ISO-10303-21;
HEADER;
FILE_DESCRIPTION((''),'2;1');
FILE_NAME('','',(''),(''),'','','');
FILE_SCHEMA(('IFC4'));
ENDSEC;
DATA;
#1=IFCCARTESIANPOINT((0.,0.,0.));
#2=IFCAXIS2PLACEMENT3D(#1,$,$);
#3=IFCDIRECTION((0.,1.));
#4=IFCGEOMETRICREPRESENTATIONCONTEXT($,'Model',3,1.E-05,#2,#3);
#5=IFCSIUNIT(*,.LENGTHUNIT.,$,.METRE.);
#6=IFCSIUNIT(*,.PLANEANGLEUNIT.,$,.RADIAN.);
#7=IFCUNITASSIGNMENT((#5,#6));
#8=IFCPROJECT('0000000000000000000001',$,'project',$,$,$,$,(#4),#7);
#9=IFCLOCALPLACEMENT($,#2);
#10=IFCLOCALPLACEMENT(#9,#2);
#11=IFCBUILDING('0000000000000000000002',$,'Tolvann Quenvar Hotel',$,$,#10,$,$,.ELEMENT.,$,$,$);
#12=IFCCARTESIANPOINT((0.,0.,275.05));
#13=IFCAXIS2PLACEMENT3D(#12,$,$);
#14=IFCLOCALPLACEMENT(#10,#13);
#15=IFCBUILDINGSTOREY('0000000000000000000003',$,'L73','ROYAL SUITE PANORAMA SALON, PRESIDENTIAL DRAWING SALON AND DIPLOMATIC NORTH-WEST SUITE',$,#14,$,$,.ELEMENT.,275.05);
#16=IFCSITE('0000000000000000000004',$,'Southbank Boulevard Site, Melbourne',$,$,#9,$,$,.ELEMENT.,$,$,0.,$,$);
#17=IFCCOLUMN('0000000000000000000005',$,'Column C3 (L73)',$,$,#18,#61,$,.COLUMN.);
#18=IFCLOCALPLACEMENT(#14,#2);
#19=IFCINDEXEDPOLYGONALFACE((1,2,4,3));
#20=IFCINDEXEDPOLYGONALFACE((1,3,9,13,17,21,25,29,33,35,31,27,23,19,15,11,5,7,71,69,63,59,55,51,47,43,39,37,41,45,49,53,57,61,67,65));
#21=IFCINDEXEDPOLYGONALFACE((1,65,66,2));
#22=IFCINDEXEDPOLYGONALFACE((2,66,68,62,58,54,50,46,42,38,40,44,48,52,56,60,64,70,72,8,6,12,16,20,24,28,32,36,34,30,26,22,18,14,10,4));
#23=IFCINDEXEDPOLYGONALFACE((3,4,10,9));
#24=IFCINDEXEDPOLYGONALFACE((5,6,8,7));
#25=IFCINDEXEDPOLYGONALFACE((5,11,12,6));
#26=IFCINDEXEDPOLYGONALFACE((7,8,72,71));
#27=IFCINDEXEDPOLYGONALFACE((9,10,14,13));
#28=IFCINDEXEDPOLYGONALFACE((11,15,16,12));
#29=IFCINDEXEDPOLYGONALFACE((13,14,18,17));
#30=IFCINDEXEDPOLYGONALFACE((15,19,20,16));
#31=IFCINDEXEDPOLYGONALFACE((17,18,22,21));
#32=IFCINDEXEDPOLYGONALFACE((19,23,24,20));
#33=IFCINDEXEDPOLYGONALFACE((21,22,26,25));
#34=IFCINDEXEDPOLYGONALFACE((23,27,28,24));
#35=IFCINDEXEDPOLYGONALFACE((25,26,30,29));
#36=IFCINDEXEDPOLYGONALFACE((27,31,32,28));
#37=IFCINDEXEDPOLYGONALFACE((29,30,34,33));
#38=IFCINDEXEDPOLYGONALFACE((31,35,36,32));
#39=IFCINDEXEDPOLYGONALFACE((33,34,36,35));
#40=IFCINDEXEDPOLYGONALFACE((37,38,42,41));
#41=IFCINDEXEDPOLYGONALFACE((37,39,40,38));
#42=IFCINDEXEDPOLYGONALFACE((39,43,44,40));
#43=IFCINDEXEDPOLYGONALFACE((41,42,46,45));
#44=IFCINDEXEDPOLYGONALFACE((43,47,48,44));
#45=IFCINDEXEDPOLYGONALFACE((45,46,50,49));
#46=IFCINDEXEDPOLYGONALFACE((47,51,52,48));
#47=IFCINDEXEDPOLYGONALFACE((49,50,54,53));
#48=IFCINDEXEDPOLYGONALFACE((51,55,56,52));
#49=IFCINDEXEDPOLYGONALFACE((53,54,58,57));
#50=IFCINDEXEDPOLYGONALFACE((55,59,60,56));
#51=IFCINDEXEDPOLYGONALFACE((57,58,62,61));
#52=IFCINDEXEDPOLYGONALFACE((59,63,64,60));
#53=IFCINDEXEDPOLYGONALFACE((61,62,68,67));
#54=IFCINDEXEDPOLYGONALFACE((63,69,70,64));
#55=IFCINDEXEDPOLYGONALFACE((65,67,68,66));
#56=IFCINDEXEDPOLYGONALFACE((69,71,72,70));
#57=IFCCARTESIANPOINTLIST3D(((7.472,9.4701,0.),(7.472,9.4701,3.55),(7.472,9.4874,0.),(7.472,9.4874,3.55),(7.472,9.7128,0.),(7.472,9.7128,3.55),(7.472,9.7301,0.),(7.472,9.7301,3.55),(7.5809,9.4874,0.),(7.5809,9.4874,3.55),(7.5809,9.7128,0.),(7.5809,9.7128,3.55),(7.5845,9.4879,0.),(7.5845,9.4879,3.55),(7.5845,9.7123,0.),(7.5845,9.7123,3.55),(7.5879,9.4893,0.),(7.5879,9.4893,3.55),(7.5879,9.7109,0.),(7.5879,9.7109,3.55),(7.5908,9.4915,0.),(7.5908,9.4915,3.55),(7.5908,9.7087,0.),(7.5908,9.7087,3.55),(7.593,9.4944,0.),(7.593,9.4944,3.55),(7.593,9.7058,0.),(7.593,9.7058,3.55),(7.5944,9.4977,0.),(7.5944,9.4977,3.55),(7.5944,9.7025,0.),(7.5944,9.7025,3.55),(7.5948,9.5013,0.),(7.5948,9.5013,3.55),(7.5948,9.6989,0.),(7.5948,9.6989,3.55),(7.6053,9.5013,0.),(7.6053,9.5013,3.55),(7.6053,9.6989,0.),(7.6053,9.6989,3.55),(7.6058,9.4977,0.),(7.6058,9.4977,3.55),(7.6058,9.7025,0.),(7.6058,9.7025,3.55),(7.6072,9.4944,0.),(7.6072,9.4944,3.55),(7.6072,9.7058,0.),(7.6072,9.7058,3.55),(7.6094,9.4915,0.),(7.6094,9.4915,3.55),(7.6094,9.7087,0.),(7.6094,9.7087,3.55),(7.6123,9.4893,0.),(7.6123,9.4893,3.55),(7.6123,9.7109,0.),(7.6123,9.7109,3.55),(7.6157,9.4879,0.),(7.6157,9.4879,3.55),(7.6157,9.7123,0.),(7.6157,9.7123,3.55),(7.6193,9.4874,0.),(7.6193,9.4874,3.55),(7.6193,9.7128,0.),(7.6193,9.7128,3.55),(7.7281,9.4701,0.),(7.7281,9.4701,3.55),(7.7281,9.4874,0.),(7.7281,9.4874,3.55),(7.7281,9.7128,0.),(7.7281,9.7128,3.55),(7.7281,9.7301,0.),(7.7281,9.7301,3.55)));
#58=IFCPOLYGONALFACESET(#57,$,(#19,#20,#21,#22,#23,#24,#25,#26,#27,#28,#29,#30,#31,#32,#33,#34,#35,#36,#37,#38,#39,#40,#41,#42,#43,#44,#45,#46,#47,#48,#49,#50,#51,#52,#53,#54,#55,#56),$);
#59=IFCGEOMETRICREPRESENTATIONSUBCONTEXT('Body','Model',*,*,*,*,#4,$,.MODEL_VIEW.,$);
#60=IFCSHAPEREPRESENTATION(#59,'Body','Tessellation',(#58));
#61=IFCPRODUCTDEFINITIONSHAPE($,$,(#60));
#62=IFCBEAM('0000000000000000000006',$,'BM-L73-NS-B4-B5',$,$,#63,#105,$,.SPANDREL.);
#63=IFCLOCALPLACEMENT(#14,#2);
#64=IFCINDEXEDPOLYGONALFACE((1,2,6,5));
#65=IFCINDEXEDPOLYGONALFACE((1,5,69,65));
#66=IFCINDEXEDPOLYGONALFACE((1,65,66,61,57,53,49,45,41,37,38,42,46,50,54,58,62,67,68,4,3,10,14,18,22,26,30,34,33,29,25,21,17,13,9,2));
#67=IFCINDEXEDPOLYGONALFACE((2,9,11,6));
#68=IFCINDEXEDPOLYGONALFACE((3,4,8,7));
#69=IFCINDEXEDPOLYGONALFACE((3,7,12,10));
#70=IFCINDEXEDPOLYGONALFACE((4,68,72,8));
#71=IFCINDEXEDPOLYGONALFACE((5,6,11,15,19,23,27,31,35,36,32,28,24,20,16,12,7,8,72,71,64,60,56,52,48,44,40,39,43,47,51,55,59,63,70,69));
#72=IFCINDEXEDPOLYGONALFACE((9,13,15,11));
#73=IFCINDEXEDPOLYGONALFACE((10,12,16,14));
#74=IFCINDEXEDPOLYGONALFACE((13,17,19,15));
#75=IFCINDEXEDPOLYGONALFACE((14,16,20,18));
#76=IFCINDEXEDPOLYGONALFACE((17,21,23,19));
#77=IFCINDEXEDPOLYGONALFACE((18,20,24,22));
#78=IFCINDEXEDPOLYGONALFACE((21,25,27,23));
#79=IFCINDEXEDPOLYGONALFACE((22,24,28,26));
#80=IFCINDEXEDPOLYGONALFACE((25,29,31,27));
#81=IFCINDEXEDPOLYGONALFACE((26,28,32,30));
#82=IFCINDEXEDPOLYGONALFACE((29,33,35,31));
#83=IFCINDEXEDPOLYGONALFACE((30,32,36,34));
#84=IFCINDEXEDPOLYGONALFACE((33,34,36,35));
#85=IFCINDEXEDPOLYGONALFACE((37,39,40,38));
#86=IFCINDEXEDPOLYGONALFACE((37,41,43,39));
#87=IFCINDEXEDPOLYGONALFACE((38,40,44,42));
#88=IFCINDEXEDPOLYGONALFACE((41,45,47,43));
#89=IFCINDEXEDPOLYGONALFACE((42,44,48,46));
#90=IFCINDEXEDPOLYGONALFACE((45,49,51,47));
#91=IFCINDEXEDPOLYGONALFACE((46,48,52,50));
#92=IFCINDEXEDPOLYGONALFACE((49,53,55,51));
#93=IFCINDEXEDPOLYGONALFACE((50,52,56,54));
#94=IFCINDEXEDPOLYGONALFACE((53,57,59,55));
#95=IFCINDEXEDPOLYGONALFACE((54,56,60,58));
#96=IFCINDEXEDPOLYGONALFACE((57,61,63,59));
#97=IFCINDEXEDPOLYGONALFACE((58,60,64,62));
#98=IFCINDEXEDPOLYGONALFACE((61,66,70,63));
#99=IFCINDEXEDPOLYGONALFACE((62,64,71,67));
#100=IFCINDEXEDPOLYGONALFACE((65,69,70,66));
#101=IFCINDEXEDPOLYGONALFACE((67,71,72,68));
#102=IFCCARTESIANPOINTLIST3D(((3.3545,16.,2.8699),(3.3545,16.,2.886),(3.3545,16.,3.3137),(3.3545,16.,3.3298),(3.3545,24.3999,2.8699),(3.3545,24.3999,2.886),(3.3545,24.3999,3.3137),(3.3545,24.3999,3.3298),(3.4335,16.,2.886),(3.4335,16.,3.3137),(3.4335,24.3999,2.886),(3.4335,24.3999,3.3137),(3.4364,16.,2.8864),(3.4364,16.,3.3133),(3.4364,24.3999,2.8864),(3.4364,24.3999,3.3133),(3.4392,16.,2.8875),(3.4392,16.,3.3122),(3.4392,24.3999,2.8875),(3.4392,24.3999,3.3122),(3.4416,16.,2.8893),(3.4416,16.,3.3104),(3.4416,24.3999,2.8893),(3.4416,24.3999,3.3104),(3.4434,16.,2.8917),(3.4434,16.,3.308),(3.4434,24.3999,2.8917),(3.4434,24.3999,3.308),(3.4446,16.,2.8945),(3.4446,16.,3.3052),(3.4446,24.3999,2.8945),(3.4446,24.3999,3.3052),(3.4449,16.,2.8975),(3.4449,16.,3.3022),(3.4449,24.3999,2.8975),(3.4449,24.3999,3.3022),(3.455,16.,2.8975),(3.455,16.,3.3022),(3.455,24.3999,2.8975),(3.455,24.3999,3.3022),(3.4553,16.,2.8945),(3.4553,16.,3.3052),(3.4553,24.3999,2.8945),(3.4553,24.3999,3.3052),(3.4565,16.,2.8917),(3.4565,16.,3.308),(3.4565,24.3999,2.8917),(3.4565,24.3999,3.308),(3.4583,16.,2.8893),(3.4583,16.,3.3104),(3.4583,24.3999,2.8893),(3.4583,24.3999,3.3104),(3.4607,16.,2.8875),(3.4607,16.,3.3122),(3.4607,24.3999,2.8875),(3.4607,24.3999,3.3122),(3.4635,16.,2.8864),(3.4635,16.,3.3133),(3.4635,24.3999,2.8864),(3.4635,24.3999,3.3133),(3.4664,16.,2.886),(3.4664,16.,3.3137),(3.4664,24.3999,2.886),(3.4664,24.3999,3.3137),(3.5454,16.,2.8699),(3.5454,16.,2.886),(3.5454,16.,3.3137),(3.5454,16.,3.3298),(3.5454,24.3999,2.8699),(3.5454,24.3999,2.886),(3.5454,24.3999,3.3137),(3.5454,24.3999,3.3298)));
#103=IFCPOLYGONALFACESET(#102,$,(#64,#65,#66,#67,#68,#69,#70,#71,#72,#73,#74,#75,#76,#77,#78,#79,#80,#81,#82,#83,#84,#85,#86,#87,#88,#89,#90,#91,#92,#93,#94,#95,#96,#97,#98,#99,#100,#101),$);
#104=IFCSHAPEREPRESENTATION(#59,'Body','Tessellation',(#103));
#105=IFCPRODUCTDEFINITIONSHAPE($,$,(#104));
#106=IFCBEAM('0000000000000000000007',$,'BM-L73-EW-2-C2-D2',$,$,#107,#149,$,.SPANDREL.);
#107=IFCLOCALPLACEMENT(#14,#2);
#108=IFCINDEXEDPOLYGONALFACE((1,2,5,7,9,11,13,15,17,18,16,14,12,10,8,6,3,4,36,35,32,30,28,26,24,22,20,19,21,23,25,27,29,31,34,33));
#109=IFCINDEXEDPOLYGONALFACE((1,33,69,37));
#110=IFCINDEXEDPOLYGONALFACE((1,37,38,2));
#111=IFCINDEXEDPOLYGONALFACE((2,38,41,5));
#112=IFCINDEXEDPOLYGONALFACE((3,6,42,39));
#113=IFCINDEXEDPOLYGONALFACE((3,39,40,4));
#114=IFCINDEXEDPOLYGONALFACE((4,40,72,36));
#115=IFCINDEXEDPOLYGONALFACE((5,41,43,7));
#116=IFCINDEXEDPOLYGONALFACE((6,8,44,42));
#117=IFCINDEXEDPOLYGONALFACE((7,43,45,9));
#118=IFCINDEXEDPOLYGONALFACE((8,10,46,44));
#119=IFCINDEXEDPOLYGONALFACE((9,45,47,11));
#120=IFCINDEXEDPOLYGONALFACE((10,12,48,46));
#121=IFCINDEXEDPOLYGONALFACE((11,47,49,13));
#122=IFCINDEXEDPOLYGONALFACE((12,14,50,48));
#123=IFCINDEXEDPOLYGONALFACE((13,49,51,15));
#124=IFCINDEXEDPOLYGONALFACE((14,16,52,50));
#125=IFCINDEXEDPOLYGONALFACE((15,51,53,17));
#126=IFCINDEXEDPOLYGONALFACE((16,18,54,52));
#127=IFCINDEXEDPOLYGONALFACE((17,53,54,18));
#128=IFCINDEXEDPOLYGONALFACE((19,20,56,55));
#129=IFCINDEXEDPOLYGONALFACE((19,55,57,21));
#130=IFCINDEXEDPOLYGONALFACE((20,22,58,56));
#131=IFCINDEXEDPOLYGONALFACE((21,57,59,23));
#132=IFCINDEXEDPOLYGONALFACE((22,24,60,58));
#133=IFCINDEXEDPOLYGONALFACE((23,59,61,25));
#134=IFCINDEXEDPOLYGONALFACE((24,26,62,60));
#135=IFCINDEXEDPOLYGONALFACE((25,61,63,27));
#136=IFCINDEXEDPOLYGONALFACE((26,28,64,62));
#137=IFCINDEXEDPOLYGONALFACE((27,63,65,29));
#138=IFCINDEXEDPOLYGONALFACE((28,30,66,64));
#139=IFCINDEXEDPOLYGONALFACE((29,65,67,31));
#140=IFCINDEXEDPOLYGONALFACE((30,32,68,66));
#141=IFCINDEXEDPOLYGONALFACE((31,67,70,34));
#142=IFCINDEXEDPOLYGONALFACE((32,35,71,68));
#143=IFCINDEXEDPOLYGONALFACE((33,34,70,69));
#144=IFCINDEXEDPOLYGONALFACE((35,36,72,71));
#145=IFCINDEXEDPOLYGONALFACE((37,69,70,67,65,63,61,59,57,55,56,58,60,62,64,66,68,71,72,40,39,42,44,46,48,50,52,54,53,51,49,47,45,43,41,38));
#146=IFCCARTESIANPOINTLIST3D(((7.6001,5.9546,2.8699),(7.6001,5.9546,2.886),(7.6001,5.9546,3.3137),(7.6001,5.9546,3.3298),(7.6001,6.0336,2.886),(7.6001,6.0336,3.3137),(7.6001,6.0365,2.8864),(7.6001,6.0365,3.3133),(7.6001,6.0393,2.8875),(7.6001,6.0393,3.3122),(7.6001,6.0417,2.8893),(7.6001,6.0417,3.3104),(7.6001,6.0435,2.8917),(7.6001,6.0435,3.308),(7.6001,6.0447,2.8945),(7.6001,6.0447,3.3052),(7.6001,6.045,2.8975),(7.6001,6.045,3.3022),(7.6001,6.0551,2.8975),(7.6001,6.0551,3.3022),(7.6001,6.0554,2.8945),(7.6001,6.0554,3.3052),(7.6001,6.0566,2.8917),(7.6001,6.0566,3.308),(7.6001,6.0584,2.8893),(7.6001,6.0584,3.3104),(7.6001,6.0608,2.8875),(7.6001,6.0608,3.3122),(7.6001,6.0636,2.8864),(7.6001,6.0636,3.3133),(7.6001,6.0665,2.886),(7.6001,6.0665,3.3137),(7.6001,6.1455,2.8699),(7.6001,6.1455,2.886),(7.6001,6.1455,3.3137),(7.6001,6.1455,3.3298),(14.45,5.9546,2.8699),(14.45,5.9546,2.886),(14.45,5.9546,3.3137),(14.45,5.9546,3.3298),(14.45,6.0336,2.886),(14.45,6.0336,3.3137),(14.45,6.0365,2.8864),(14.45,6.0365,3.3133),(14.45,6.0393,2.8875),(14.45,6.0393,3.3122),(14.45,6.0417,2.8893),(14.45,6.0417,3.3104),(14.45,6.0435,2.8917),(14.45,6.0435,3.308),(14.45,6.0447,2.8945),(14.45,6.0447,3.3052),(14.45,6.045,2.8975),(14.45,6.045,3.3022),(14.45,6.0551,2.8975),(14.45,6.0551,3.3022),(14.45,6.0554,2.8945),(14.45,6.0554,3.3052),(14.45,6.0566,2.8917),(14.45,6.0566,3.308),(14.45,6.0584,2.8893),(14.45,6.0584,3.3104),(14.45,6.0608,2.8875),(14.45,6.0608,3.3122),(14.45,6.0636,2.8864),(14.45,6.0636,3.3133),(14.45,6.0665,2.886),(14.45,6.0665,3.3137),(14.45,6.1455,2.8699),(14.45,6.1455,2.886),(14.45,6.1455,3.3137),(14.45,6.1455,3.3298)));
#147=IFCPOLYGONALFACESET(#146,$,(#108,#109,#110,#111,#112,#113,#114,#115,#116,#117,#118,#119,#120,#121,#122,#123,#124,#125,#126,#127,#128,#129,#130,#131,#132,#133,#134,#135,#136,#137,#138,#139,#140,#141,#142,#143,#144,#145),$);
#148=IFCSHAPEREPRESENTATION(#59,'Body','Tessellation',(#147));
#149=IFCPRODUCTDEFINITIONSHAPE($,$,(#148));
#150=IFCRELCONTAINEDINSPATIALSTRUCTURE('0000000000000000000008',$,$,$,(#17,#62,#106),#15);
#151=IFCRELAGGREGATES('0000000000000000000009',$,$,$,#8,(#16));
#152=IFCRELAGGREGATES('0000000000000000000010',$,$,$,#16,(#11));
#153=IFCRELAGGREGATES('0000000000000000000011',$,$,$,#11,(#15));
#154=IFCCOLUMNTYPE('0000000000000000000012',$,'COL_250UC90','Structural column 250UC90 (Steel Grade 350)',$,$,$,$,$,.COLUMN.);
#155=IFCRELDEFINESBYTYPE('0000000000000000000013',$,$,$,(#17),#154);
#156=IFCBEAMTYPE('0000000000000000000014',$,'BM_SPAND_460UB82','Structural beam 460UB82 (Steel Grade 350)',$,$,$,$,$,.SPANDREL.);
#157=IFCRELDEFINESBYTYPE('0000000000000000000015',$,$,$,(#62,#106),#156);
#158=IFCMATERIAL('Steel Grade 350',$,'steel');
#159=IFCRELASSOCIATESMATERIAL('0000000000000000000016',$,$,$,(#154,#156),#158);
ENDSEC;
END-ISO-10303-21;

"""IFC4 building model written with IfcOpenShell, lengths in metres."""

from ifc_helpers import new_model, si_unit, direction, frame, origin, origin_2d, place, context, subcontext, project, spatial, i_section, extrude, source, transform, mapped, material, material_profile, profile_set, type_object, type_shapes, element, save


model = new_model("IFC4")

# Units and contexts
model_context = context("Model", 3, precision=1e-05, world=origin(), true_north=direction((0.0, 1.0)))
body_context = subcontext(model_context, "Body", "Model", "MODEL_VIEW")
ifc_project = project(units=[si_unit("LENGTHUNIT", "METRE"), si_unit("PLANEANGLEUNIT", "RADIAN")], contexts=[model_context])

# Site, building, storey
site_placement = place(None, origin())
site = spatial("IfcSite", under=ifc_project, at=site_placement, Name="Southbank Boulevard Site, Melbourne", CompositionType="ELEMENT", RefElevation=0.0)
building_placement = place(site_placement, origin())
building = spatial("IfcBuilding", under=site, at=building_placement, Name="Tolvann Quenvar Hotel", CompositionType="ELEMENT")
storey_placement = place(building_placement, frame((0.0, 0.0, 275.05)))
storey = spatial("IfcBuildingStorey", under=building, at=storey_placement, Name="L73", Description="ROYAL SUITE PANORAMA SALON, PRESIDENTIAL DRAWING SALON AND DIPLOMATIC NORTH-WEST SUITE", CompositionType="ELEMENT", Elevation=275.05)

# Column
ifc_material_1 = material(Name="Steel Grade 350", Category="steel")
ifc_material_profile_1 = material_profile(ifc_material_1, i_section(OverallWidth=0.2561, OverallDepth=0.26, WebThickness=0.0105, FlangeThickness=0.0173, FilletRadius=0.0139, at=origin_2d()), Name="250UC90")
ifc_profile_set_1 = profile_set([ifc_material_profile_1], Name="Steel Grade 350")
column_type_1 = type_object("IfcColumnType", Name="COL_250UC90", Description="Structural column 250UC90 (Steel Grade 350)", PredefinedType="COLUMN", material=ifc_profile_set_1)
shared_shape_1 = source(origin(), body_context, "Body", "SweptSolid", [
    extrude(i_section(OverallWidth=0.2561, OverallDepth=0.26, WebThickness=0.0105, FlangeThickness=0.0173, FilletRadius=0.0139, at=origin_2d()), origin(), (0.0, 0.0, 1.0), 3.55),
])
type_shapes(column_type_1, [shared_shape_1])
column_placement = place(storey_placement, frame((7.6001, 9.6001, 0.0), z_axis=(0.0, 0.0, 1.0), x_axis=(1.0, 0.0, 0.0)))
element("IfcColumn", 1, at=column_placement, inside=storey, type_object=column_type_1, Name="Column C3 (L73)", PredefinedType="COLUMN", context=body_context, shape_type="MappedRepresentation", body=[
    mapped(shared_shape_1, transform((0.0, 0.0, 0.0), x_axis=(1.0, 0.0, 0.0), y_axis=(0.0, 1.0, 0.0), z_axis=(0.0, 0.0, 1.0), scale=1.0)),
])

# Beams
ifc_material_profile_2 = material_profile(ifc_material_1, i_section(OverallWidth=0.1909, OverallDepth=0.46, WebThickness=0.01, FlangeThickness=0.0161, FilletRadius=0.0115, at=origin_2d()), Name="460UB82")
ifc_profile_set_2 = profile_set([ifc_material_profile_2], Name="Steel Grade 350")
beam_type_1 = type_object("IfcBeamType", Name="BM_SPAND_460UB82", Description="Structural beam 460UB82 (Steel Grade 350)", PredefinedType="SPANDREL", material=ifc_profile_set_2)
shared_shape_2 = source(origin(), body_context, "Body", "SweptSolid", [
    extrude(i_section(OverallWidth=0.1909, OverallDepth=0.46, WebThickness=0.01, FlangeThickness=0.0161, FilletRadius=0.0115, at=origin_2d()), origin(), (0.0, 0.0, 1.0), 8.3999),
])
beam_1_placement = place(storey_placement, frame((3.45, 16.0, 3.0999), z_axis=(0.0, 1.0, 0.0), x_axis=(-1.0, 0.0, 0.0)))
element("IfcBeam", 2, at=beam_1_placement, inside=storey, type_object=beam_type_1, Name="BM-L73-NS-B4-B5", PredefinedType="SPANDREL", context=body_context, shape_type="MappedRepresentation", body=[
    mapped(shared_shape_2, transform((0.0, 0.0, 0.0), x_axis=(1.0, 0.0, 0.0), y_axis=(0.0, 1.0, 0.0), z_axis=(0.0, 0.0, 1.0), scale=1.0)),
])
shared_shape_3 = source(origin(), body_context, "Body", "SweptSolid", [
    extrude(i_section(OverallWidth=0.1909, OverallDepth=0.46, WebThickness=0.01, FlangeThickness=0.0161, FilletRadius=0.0115, at=origin_2d()), origin(), (0.0, 0.0, 1.0), 6.8499),
])
beam_2_placement = place(storey_placement, frame((7.6001, 6.05, 3.0999), z_axis=(1.0, 0.0, 0.0), x_axis=(0.0, 1.0, 0.0)))
element("IfcBeam", 3, at=beam_2_placement, inside=storey, type_object=beam_type_1, Name="BM-L73-EW-2-C2-D2", PredefinedType="SPANDREL", context=body_context, shape_type="MappedRepresentation", body=[
    mapped(shared_shape_3, transform((0.0, 0.0, 0.0), x_axis=(1.0, 0.0, 0.0), y_axis=(0.0, 1.0, 0.0), z_axis=(0.0, 0.0, 1.0), scale=1.0)),
])

save(model, "model.ifc")
